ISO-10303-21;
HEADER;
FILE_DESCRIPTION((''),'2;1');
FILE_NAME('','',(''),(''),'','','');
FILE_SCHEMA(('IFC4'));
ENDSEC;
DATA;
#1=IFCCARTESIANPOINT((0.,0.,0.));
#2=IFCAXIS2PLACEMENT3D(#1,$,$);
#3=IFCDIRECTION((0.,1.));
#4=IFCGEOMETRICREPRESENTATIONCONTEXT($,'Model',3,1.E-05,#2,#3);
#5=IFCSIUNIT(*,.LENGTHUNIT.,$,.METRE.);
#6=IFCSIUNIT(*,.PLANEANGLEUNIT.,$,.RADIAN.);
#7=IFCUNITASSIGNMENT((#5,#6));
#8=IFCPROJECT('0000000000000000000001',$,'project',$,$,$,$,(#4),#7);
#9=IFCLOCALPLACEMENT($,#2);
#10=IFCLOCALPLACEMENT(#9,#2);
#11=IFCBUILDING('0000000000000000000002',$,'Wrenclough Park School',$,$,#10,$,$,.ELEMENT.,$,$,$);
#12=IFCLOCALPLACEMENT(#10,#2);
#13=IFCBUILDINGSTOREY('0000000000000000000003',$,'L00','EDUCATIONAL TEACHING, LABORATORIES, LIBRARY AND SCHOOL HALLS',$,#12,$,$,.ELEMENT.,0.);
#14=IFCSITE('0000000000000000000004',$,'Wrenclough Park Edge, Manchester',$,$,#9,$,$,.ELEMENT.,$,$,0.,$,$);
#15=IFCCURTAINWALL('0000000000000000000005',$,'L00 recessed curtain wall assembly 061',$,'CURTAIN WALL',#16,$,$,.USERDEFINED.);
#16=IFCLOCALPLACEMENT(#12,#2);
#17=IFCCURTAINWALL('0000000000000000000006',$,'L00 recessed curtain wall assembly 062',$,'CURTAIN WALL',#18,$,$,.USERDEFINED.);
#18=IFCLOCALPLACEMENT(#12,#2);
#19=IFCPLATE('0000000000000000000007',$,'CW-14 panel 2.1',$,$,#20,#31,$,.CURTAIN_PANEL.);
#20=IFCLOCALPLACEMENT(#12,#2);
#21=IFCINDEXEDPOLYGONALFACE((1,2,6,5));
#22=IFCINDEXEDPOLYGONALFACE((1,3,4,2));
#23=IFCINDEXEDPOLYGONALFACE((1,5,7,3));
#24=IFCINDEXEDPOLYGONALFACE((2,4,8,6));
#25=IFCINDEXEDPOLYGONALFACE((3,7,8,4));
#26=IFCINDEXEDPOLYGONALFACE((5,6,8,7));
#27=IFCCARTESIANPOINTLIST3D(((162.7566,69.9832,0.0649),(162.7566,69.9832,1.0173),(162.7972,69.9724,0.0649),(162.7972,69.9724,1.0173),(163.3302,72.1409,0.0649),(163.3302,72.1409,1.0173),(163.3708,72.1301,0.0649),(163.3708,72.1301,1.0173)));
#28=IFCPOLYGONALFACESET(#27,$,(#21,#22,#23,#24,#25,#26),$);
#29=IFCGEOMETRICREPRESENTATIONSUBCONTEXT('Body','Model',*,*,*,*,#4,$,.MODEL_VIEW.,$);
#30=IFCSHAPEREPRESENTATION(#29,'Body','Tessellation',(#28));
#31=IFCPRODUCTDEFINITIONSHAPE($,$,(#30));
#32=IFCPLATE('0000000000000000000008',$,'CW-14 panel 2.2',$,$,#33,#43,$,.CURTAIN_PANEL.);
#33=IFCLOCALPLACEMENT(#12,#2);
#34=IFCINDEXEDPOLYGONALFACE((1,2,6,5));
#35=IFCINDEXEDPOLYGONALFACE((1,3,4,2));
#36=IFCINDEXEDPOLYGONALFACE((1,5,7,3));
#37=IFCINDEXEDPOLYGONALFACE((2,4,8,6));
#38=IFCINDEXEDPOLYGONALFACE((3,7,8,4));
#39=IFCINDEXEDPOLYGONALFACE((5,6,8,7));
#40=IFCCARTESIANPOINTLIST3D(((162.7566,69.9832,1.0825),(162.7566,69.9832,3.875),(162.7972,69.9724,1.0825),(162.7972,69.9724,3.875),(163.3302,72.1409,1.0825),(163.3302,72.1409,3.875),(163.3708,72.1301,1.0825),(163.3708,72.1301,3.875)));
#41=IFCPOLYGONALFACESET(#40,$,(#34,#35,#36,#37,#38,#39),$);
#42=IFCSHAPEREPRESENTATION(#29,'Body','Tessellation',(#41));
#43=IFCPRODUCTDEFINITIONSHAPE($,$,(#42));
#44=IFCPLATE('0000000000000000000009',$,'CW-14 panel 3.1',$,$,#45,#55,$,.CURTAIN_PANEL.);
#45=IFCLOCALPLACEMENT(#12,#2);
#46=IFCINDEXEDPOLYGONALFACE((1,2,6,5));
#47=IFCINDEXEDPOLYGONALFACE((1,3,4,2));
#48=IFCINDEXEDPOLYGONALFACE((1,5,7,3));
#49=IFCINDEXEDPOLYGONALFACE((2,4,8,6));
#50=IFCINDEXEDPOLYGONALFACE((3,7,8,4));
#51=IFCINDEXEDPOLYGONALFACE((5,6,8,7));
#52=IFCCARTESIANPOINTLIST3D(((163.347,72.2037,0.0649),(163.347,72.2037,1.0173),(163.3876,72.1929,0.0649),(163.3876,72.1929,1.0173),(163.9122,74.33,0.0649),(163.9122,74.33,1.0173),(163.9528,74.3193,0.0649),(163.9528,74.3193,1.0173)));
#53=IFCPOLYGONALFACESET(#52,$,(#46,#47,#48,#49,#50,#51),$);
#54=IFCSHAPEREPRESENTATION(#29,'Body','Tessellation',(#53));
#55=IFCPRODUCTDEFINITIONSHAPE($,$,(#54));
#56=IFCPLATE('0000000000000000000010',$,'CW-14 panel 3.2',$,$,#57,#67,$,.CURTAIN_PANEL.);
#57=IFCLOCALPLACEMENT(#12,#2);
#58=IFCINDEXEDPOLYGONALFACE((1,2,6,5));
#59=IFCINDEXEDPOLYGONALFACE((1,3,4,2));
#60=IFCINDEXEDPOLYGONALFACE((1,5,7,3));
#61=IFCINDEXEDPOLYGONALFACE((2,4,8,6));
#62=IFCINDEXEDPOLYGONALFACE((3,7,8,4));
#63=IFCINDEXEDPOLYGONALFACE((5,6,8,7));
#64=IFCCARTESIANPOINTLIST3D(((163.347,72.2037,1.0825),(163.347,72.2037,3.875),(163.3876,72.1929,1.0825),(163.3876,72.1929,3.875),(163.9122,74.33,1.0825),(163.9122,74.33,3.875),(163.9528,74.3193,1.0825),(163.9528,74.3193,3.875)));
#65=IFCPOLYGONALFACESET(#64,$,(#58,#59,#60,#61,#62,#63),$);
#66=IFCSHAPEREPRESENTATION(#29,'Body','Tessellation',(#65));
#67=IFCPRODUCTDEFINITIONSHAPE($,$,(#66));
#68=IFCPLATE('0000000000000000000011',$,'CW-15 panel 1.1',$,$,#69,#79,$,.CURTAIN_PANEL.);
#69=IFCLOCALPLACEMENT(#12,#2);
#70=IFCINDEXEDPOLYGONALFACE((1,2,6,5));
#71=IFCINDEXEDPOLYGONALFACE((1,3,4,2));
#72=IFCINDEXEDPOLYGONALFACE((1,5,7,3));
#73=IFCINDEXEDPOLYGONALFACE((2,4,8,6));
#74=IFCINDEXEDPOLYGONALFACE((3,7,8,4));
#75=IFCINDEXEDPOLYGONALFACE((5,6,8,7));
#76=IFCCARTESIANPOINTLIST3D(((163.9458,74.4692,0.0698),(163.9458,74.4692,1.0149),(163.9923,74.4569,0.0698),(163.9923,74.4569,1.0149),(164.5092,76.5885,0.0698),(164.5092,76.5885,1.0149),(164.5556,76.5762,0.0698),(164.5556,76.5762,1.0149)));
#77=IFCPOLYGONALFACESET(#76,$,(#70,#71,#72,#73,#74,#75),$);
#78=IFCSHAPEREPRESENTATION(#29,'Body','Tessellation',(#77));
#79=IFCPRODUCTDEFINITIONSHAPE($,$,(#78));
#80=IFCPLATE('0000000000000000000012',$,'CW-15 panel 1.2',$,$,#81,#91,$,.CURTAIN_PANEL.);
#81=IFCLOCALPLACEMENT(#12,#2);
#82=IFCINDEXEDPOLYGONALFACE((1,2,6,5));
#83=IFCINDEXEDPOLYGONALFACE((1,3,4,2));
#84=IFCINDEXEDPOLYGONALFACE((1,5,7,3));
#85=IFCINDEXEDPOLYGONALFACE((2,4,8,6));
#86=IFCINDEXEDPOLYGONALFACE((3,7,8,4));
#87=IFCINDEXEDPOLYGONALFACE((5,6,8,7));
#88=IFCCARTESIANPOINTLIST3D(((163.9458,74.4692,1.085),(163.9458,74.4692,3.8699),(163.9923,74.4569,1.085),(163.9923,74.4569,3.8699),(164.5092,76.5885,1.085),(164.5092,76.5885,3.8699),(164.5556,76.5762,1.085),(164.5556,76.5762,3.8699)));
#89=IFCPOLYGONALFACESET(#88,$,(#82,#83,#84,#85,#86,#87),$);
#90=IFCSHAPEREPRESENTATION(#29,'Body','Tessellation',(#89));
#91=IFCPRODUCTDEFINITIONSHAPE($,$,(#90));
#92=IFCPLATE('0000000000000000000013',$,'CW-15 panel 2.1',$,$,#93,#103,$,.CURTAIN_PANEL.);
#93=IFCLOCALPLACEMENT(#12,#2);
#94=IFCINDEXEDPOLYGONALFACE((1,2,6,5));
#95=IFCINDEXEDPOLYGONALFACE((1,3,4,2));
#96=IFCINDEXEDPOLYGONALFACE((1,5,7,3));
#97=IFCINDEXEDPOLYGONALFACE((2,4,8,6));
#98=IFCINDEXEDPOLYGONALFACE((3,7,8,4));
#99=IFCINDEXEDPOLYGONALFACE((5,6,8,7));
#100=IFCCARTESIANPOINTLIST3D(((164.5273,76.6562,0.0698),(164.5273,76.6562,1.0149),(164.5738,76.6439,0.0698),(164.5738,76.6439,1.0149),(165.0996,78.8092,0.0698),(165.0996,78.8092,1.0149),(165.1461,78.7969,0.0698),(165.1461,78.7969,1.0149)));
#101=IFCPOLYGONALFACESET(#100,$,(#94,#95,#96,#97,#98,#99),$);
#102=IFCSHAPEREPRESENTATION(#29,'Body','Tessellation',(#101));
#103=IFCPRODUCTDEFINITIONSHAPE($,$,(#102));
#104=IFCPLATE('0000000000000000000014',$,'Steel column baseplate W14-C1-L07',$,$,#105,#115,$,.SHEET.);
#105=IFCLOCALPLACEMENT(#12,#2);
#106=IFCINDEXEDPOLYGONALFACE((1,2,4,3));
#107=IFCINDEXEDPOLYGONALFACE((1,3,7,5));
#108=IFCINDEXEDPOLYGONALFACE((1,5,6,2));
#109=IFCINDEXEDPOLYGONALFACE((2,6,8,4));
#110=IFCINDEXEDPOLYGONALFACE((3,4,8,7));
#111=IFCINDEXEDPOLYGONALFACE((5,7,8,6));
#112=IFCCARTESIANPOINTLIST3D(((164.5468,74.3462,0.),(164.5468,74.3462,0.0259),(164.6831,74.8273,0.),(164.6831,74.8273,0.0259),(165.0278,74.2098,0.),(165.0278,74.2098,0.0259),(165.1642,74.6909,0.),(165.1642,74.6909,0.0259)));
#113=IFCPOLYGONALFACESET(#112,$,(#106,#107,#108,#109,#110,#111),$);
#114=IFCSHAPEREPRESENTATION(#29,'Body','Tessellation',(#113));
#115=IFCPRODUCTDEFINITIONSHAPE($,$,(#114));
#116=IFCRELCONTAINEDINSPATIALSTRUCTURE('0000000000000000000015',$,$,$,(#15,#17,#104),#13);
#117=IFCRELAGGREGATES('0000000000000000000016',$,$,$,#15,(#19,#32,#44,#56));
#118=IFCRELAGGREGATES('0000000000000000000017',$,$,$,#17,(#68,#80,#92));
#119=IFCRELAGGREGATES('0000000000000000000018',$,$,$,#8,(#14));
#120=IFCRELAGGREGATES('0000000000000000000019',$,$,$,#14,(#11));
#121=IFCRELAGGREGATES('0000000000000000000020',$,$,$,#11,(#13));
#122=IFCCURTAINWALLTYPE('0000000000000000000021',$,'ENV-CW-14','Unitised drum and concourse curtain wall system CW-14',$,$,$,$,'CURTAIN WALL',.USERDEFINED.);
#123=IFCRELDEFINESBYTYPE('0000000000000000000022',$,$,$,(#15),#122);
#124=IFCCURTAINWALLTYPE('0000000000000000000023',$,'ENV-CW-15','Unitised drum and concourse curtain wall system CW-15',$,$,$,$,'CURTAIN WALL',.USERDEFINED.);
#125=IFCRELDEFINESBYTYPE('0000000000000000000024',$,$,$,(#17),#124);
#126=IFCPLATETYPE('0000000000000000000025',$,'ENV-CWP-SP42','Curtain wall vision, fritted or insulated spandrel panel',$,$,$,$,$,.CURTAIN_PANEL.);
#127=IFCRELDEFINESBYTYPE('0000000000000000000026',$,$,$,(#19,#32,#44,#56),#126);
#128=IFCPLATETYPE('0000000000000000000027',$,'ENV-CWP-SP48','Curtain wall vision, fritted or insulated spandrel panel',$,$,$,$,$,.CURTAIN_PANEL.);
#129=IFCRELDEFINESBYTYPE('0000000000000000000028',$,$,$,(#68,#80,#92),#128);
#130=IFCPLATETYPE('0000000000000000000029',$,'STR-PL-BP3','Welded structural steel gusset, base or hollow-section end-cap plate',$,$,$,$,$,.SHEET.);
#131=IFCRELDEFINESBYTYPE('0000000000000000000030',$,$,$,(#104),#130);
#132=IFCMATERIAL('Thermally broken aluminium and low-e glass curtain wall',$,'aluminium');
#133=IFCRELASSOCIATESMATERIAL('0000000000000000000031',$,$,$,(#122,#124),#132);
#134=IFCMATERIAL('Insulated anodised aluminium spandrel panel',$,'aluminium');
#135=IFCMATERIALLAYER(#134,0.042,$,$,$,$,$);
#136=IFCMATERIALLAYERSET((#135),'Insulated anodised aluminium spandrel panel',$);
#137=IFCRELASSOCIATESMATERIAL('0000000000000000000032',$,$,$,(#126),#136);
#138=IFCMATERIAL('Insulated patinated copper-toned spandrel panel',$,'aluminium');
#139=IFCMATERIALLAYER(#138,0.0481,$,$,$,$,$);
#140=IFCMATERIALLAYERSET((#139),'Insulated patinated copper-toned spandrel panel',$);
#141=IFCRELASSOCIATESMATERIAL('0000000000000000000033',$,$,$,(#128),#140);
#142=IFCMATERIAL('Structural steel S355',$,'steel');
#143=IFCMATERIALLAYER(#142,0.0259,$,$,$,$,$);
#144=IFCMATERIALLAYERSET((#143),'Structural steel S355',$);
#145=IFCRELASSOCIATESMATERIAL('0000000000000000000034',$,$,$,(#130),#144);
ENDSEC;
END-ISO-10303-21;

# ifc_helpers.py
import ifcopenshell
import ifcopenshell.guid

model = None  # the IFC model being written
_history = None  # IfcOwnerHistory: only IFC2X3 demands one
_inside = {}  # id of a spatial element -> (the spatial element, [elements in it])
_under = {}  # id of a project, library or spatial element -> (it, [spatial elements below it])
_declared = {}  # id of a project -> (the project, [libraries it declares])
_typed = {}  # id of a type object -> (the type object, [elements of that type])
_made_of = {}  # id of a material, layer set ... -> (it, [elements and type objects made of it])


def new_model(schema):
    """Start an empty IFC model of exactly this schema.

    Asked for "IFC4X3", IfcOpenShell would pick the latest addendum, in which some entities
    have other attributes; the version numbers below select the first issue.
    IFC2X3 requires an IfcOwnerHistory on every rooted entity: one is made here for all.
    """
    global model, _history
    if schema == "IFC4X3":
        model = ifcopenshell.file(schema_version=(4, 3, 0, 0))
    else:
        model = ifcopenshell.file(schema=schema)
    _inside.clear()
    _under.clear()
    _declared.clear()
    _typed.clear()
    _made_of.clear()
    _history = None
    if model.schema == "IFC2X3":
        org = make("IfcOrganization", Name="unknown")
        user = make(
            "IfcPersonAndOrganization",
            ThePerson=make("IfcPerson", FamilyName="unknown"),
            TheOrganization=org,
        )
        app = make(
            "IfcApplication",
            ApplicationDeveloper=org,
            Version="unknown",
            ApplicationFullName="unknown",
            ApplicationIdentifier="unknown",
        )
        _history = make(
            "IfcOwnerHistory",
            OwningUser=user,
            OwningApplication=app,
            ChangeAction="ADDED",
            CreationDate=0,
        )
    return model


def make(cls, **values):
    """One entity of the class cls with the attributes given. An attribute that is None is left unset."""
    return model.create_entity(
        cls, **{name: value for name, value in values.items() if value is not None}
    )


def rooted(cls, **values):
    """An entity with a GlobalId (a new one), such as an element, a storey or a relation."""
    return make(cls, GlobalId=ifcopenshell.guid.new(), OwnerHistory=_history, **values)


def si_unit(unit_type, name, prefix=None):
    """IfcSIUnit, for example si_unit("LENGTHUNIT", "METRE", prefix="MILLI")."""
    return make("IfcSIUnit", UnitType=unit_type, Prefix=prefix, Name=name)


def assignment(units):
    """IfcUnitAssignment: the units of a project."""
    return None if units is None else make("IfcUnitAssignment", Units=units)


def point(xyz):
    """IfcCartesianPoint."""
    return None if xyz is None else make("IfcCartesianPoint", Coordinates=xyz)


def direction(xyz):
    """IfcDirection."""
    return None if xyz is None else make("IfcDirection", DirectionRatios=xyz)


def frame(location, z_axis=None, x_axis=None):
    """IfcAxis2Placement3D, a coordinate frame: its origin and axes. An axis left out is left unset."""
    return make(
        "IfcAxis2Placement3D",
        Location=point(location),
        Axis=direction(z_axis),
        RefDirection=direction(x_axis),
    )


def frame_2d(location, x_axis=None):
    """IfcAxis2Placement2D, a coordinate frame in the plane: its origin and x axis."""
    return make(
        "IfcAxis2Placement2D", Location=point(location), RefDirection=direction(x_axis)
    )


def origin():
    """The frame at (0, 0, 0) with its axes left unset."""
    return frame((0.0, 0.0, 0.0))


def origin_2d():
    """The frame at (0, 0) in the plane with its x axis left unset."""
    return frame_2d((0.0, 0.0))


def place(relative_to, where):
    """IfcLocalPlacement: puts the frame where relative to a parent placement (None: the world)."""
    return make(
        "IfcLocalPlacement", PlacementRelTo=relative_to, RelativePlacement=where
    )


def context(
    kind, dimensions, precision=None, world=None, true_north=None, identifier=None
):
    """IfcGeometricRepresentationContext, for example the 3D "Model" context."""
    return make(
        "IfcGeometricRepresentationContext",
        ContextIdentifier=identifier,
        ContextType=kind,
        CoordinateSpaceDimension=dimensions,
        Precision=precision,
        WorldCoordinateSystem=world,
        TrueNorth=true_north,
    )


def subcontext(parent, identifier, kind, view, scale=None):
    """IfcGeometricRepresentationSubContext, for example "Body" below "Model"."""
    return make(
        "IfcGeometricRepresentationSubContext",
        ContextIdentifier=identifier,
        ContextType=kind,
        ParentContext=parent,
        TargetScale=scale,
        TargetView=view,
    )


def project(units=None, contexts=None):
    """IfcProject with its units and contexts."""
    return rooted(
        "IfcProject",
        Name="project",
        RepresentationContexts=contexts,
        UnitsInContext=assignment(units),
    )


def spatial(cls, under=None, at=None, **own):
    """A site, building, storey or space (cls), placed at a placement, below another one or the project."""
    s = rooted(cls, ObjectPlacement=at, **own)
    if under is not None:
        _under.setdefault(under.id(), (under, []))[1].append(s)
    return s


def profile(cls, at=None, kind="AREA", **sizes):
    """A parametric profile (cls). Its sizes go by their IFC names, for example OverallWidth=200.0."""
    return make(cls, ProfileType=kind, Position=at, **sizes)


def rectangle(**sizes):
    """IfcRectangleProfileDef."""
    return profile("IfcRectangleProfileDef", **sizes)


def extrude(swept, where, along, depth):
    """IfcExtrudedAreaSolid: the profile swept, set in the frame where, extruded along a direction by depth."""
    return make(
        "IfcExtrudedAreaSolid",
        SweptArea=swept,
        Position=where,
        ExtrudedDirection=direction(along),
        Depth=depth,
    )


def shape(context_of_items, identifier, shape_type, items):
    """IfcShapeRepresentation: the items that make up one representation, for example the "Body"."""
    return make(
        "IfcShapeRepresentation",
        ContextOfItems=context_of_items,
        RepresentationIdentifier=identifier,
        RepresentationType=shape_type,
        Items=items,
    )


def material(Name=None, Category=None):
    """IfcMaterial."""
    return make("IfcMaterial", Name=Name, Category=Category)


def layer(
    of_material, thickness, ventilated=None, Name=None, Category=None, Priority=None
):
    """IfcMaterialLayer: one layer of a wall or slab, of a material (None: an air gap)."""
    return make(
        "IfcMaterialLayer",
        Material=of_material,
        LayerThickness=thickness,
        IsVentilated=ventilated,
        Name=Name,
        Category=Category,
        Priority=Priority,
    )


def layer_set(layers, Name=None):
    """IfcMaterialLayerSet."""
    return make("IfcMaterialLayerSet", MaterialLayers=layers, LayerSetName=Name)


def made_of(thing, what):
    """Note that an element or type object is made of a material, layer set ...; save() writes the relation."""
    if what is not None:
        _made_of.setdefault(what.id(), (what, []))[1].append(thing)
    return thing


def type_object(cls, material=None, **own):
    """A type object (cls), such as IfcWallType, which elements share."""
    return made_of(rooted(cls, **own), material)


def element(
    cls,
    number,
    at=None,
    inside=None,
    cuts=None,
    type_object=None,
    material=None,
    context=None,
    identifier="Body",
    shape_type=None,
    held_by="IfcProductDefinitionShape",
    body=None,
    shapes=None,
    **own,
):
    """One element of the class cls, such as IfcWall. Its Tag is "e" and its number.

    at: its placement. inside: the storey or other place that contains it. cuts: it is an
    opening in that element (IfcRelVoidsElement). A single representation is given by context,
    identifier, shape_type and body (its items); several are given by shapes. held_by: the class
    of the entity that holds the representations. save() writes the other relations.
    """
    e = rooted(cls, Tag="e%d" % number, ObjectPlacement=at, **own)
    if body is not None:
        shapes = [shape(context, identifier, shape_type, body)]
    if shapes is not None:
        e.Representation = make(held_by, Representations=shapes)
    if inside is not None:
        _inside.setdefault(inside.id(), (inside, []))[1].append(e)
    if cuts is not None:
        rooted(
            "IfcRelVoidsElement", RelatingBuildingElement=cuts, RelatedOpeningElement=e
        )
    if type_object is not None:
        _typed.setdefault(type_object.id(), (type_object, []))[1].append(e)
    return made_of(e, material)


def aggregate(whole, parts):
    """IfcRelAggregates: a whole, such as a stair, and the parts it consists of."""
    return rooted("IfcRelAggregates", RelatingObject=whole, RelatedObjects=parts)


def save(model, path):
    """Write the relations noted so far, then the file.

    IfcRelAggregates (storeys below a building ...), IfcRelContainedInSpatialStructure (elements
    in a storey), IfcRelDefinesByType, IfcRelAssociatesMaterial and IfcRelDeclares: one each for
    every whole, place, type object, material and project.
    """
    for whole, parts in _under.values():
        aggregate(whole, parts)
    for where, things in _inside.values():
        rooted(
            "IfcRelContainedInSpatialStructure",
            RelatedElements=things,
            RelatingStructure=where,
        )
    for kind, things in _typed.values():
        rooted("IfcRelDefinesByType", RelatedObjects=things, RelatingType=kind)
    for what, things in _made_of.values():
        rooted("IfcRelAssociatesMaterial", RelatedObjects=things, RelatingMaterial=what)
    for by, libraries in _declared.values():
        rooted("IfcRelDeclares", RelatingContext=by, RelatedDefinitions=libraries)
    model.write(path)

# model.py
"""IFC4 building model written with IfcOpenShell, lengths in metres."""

from ifc_helpers import new_model, si_unit, direction, frame, origin, origin_2d, place, context, subcontext, project, spatial, rectangle, extrude, material, layer, layer_set, type_object, element, aggregate, save


model = new_model("IFC4")

# Units and contexts
model_context = context("Model", 3, precision=1e-05, world=origin(), true_north=direction((0.0, 1.0)))
body_context = subcontext(model_context, "Body", "Model", "MODEL_VIEW")
ifc_project = project(units=[si_unit("LENGTHUNIT", "METRE"), si_unit("PLANEANGLEUNIT", "RADIAN")], contexts=[model_context])

# Site, building, storey
site_placement = place(None, origin())
site = spatial("IfcSite", under=ifc_project, at=site_placement, Name="Wrenclough Park Edge, Manchester", CompositionType="ELEMENT", RefElevation=0.0)
building_placement = place(site_placement, origin())
building = spatial("IfcBuilding", under=site, at=building_placement, Name="Wrenclough Park School", CompositionType="ELEMENT")
storey_placement = place(building_placement, origin())
storey = spatial("IfcBuildingStorey", under=building, at=storey_placement, Name="L00", Description="EDUCATIONAL TEACHING, LABORATORIES, LIBRARY AND SCHOOL HALLS", CompositionType="ELEMENT", Elevation=0.0)

# Shared definitions
ifc_material_1 = material(Name="Structural steel S355", Category="steel")

# Curtain walls
ifc_material_2 = material(Name="Thermally broken aluminium and low-e glass curtain wall", Category="aluminium")
curtain_wall_type_1 = type_object("IfcCurtainWallType", Name="ENV-CW-14", Description="Unitised drum and concourse curtain wall system CW-14", ElementType="CURTAIN WALL", PredefinedType="USERDEFINED", material=ifc_material_2)
curtain_wall_1_placement = place(storey_placement, origin())
curtain_wall_1 = element("IfcCurtainWall", 1, at=curtain_wall_1_placement, inside=storey, type_object=curtain_wall_type_1, Name="L00 recessed curtain wall assembly 061", ObjectType="CURTAIN WALL", PredefinedType="USERDEFINED")
curtain_wall_type_2 = type_object("IfcCurtainWallType", Name="ENV-CW-15", Description="Unitised drum and concourse curtain wall system CW-15", ElementType="CURTAIN WALL", PredefinedType="USERDEFINED", material=ifc_material_2)
curtain_wall_2_placement = place(storey_placement, origin())
curtain_wall_2 = element("IfcCurtainWall", 2, at=curtain_wall_2_placement, inside=storey, type_object=curtain_wall_type_2, Name="L00 recessed curtain wall assembly 062", ObjectType="CURTAIN WALL", PredefinedType="USERDEFINED")

# Plates
ifc_material_3 = material(Name="Insulated anodised aluminium spandrel panel", Category="aluminium")
ifc_layer_1 = layer(ifc_material_3, 0.042)
ifc_layer_set_1 = layer_set([ifc_layer_1], Name="Insulated anodised aluminium spandrel panel")
plate_type_1 = type_object("IfcPlateType", Name="ENV-CWP-SP42", Description="Curtain wall vision, fritted or insulated spandrel panel", PredefinedType="CURTAIN_PANEL", material=ifc_layer_set_1)
plate_1_placement = place(storey_placement, frame((163.0637, 71.0566, 0.0649), z_axis=(0.0, 0.0, 1.0), x_axis=(0.2569, 0.966438, 0.0)))
plate_1 = element("IfcPlate", 3, at=plate_1_placement, type_object=plate_type_1, Name="CW-14 panel 2.1", PredefinedType="CURTAIN_PANEL", context=body_context, shape_type="SweptSolid", body=[
    extrude(rectangle(XDim=2.2327, YDim=0.042, at=origin_2d()), origin(), (0.0, 0.0, 1.0), 0.9524),
])
plate_2_placement = place(storey_placement, frame((163.0637, 71.0566, 1.0825), z_axis=(0.0, 0.0, 1.0), x_axis=(0.2569, 0.966438, 0.0)))
plate_2 = element("IfcPlate", 4, at=plate_2_placement, type_object=plate_type_1, Name="CW-14 panel 2.2", PredefinedType="CURTAIN_PANEL", context=body_context, shape_type="SweptSolid", body=[
    extrude(rectangle(XDim=2.2327, YDim=0.042, at=origin_2d()), origin(), (0.0, 0.0, 1.0), 2.7925),
])
plate_3_placement = place(storey_placement, frame((163.6499, 73.2615, 0.0649), z_axis=(0.0, 0.0, 1.0), x_axis=(0.2569, 0.966438, 0.0)))
plate_3 = element("IfcPlate", 5, at=plate_3_placement, type_object=plate_type_1, Name="CW-14 panel 3.1", PredefinedType="CURTAIN_PANEL", context=body_context, shape_type="SweptSolid", body=[
    extrude(rectangle(XDim=2.2002, YDim=0.042, at=origin_2d()), origin(), (0.0, 0.0, 1.0), 0.9524),
])
plate_4_placement = place(storey_placement, frame((163.6499, 73.2615, 1.0825), z_axis=(0.0, 0.0, 1.0), x_axis=(0.2569, 0.966438, 0.0)))
plate_4 = element("IfcPlate", 6, at=plate_4_placement, type_object=plate_type_1, Name="CW-14 panel 3.2", PredefinedType="CURTAIN_PANEL", context=body_context, shape_type="SweptSolid", body=[
    extrude(rectangle(XDim=2.2002, YDim=0.042, at=origin_2d()), origin(), (0.0, 0.0, 1.0), 2.7925),
])
aggregate(curtain_wall_1, [plate_1, plate_2, plate_3, plate_4])
ifc_material_4 = material(Name="Insulated patinated copper-toned spandrel panel", Category="aluminium")
ifc_layer_2 = layer(ifc_material_4, 0.0481)
ifc_layer_set_2 = layer_set([ifc_layer_2], Name="Insulated patinated copper-toned spandrel panel")
plate_type_2 = type_object("IfcPlateType", Name="ENV-CWP-SP48", Description="Curtain wall vision, fritted or insulated spandrel panel", PredefinedType="CURTAIN_PANEL", material=ifc_layer_set_2)
plate_5_placement = place(storey_placement, frame((164.2507, 75.5227, 0.0698), z_axis=(0.0, 0.0, 1.0), x_axis=(0.256896, 0.966439, 0.0)))
plate_5 = element("IfcPlate", 7, at=plate_5_placement, type_object=plate_type_2, Name="CW-15 panel 1.1", PredefinedType="CURTAIN_PANEL", context=body_context, shape_type="SweptSolid", body=[
    extrude(rectangle(XDim=2.1929, YDim=0.0481, at=origin_2d()), origin(), (0.0, 0.0, 1.0), 0.9451),
])
plate_6_placement = place(storey_placement, frame((164.2507, 75.5227, 1.085), z_axis=(0.0, 0.0, 1.0), x_axis=(0.256896, 0.966439, 0.0)))
plate_6 = element("IfcPlate", 8, at=plate_6_placement, type_object=plate_type_2, Name="CW-15 panel 1.2", PredefinedType="CURTAIN_PANEL", context=body_context, shape_type="SweptSolid", body=[
    extrude(rectangle(XDim=2.1929, YDim=0.0481, at=origin_2d()), origin(), (0.0, 0.0, 1.0), 2.7849),
])
plate_7_placement = place(storey_placement, frame((164.8367, 77.7266, 0.0698), z_axis=(0.0, 0.0, 1.0), x_axis=(0.256896, 0.966439, 0.0)))
plate_7 = element("IfcPlate", 9, at=plate_7_placement, type_object=plate_type_2, Name="CW-15 panel 2.1", PredefinedType="CURTAIN_PANEL", context=body_context, shape_type="SweptSolid", body=[
    extrude(rectangle(XDim=2.2278, YDim=0.0481, at=origin_2d()), origin(), (0.0, 0.0, 1.0), 0.9451),
])
aggregate(curtain_wall_2, [plate_5, plate_6, plate_7])
ifc_layer_3 = layer(ifc_material_1, 0.0259)
ifc_layer_set_3 = layer_set([ifc_layer_3], Name="Structural steel S355")
plate_type_3 = type_object("IfcPlateType", Name="STR-PL-BP3", Description="Welded structural steel gusset, base or hollow-section end-cap plate", PredefinedType="SHEET", material=ifc_layer_set_3)
plate_8_placement = place(storey_placement, frame((164.8555, 74.5186, 0.0), z_axis=(0.0, 0.0, 1.0), x_axis=(0.272784, 0.962075, 0.0)))
element("IfcPlate", 10, at=plate_8_placement, inside=storey, type_object=plate_type_3, Name="Steel column baseplate W14-C1-L07", PredefinedType="SHEET", context=body_context, shape_type="SweptSolid", body=[
    extrude(rectangle(XDim=0.5, YDim=0.5, at=origin_2d()), origin(), (0.0, 0.0, 1.0), 0.0259),
])

save(model, "model.ifc")
